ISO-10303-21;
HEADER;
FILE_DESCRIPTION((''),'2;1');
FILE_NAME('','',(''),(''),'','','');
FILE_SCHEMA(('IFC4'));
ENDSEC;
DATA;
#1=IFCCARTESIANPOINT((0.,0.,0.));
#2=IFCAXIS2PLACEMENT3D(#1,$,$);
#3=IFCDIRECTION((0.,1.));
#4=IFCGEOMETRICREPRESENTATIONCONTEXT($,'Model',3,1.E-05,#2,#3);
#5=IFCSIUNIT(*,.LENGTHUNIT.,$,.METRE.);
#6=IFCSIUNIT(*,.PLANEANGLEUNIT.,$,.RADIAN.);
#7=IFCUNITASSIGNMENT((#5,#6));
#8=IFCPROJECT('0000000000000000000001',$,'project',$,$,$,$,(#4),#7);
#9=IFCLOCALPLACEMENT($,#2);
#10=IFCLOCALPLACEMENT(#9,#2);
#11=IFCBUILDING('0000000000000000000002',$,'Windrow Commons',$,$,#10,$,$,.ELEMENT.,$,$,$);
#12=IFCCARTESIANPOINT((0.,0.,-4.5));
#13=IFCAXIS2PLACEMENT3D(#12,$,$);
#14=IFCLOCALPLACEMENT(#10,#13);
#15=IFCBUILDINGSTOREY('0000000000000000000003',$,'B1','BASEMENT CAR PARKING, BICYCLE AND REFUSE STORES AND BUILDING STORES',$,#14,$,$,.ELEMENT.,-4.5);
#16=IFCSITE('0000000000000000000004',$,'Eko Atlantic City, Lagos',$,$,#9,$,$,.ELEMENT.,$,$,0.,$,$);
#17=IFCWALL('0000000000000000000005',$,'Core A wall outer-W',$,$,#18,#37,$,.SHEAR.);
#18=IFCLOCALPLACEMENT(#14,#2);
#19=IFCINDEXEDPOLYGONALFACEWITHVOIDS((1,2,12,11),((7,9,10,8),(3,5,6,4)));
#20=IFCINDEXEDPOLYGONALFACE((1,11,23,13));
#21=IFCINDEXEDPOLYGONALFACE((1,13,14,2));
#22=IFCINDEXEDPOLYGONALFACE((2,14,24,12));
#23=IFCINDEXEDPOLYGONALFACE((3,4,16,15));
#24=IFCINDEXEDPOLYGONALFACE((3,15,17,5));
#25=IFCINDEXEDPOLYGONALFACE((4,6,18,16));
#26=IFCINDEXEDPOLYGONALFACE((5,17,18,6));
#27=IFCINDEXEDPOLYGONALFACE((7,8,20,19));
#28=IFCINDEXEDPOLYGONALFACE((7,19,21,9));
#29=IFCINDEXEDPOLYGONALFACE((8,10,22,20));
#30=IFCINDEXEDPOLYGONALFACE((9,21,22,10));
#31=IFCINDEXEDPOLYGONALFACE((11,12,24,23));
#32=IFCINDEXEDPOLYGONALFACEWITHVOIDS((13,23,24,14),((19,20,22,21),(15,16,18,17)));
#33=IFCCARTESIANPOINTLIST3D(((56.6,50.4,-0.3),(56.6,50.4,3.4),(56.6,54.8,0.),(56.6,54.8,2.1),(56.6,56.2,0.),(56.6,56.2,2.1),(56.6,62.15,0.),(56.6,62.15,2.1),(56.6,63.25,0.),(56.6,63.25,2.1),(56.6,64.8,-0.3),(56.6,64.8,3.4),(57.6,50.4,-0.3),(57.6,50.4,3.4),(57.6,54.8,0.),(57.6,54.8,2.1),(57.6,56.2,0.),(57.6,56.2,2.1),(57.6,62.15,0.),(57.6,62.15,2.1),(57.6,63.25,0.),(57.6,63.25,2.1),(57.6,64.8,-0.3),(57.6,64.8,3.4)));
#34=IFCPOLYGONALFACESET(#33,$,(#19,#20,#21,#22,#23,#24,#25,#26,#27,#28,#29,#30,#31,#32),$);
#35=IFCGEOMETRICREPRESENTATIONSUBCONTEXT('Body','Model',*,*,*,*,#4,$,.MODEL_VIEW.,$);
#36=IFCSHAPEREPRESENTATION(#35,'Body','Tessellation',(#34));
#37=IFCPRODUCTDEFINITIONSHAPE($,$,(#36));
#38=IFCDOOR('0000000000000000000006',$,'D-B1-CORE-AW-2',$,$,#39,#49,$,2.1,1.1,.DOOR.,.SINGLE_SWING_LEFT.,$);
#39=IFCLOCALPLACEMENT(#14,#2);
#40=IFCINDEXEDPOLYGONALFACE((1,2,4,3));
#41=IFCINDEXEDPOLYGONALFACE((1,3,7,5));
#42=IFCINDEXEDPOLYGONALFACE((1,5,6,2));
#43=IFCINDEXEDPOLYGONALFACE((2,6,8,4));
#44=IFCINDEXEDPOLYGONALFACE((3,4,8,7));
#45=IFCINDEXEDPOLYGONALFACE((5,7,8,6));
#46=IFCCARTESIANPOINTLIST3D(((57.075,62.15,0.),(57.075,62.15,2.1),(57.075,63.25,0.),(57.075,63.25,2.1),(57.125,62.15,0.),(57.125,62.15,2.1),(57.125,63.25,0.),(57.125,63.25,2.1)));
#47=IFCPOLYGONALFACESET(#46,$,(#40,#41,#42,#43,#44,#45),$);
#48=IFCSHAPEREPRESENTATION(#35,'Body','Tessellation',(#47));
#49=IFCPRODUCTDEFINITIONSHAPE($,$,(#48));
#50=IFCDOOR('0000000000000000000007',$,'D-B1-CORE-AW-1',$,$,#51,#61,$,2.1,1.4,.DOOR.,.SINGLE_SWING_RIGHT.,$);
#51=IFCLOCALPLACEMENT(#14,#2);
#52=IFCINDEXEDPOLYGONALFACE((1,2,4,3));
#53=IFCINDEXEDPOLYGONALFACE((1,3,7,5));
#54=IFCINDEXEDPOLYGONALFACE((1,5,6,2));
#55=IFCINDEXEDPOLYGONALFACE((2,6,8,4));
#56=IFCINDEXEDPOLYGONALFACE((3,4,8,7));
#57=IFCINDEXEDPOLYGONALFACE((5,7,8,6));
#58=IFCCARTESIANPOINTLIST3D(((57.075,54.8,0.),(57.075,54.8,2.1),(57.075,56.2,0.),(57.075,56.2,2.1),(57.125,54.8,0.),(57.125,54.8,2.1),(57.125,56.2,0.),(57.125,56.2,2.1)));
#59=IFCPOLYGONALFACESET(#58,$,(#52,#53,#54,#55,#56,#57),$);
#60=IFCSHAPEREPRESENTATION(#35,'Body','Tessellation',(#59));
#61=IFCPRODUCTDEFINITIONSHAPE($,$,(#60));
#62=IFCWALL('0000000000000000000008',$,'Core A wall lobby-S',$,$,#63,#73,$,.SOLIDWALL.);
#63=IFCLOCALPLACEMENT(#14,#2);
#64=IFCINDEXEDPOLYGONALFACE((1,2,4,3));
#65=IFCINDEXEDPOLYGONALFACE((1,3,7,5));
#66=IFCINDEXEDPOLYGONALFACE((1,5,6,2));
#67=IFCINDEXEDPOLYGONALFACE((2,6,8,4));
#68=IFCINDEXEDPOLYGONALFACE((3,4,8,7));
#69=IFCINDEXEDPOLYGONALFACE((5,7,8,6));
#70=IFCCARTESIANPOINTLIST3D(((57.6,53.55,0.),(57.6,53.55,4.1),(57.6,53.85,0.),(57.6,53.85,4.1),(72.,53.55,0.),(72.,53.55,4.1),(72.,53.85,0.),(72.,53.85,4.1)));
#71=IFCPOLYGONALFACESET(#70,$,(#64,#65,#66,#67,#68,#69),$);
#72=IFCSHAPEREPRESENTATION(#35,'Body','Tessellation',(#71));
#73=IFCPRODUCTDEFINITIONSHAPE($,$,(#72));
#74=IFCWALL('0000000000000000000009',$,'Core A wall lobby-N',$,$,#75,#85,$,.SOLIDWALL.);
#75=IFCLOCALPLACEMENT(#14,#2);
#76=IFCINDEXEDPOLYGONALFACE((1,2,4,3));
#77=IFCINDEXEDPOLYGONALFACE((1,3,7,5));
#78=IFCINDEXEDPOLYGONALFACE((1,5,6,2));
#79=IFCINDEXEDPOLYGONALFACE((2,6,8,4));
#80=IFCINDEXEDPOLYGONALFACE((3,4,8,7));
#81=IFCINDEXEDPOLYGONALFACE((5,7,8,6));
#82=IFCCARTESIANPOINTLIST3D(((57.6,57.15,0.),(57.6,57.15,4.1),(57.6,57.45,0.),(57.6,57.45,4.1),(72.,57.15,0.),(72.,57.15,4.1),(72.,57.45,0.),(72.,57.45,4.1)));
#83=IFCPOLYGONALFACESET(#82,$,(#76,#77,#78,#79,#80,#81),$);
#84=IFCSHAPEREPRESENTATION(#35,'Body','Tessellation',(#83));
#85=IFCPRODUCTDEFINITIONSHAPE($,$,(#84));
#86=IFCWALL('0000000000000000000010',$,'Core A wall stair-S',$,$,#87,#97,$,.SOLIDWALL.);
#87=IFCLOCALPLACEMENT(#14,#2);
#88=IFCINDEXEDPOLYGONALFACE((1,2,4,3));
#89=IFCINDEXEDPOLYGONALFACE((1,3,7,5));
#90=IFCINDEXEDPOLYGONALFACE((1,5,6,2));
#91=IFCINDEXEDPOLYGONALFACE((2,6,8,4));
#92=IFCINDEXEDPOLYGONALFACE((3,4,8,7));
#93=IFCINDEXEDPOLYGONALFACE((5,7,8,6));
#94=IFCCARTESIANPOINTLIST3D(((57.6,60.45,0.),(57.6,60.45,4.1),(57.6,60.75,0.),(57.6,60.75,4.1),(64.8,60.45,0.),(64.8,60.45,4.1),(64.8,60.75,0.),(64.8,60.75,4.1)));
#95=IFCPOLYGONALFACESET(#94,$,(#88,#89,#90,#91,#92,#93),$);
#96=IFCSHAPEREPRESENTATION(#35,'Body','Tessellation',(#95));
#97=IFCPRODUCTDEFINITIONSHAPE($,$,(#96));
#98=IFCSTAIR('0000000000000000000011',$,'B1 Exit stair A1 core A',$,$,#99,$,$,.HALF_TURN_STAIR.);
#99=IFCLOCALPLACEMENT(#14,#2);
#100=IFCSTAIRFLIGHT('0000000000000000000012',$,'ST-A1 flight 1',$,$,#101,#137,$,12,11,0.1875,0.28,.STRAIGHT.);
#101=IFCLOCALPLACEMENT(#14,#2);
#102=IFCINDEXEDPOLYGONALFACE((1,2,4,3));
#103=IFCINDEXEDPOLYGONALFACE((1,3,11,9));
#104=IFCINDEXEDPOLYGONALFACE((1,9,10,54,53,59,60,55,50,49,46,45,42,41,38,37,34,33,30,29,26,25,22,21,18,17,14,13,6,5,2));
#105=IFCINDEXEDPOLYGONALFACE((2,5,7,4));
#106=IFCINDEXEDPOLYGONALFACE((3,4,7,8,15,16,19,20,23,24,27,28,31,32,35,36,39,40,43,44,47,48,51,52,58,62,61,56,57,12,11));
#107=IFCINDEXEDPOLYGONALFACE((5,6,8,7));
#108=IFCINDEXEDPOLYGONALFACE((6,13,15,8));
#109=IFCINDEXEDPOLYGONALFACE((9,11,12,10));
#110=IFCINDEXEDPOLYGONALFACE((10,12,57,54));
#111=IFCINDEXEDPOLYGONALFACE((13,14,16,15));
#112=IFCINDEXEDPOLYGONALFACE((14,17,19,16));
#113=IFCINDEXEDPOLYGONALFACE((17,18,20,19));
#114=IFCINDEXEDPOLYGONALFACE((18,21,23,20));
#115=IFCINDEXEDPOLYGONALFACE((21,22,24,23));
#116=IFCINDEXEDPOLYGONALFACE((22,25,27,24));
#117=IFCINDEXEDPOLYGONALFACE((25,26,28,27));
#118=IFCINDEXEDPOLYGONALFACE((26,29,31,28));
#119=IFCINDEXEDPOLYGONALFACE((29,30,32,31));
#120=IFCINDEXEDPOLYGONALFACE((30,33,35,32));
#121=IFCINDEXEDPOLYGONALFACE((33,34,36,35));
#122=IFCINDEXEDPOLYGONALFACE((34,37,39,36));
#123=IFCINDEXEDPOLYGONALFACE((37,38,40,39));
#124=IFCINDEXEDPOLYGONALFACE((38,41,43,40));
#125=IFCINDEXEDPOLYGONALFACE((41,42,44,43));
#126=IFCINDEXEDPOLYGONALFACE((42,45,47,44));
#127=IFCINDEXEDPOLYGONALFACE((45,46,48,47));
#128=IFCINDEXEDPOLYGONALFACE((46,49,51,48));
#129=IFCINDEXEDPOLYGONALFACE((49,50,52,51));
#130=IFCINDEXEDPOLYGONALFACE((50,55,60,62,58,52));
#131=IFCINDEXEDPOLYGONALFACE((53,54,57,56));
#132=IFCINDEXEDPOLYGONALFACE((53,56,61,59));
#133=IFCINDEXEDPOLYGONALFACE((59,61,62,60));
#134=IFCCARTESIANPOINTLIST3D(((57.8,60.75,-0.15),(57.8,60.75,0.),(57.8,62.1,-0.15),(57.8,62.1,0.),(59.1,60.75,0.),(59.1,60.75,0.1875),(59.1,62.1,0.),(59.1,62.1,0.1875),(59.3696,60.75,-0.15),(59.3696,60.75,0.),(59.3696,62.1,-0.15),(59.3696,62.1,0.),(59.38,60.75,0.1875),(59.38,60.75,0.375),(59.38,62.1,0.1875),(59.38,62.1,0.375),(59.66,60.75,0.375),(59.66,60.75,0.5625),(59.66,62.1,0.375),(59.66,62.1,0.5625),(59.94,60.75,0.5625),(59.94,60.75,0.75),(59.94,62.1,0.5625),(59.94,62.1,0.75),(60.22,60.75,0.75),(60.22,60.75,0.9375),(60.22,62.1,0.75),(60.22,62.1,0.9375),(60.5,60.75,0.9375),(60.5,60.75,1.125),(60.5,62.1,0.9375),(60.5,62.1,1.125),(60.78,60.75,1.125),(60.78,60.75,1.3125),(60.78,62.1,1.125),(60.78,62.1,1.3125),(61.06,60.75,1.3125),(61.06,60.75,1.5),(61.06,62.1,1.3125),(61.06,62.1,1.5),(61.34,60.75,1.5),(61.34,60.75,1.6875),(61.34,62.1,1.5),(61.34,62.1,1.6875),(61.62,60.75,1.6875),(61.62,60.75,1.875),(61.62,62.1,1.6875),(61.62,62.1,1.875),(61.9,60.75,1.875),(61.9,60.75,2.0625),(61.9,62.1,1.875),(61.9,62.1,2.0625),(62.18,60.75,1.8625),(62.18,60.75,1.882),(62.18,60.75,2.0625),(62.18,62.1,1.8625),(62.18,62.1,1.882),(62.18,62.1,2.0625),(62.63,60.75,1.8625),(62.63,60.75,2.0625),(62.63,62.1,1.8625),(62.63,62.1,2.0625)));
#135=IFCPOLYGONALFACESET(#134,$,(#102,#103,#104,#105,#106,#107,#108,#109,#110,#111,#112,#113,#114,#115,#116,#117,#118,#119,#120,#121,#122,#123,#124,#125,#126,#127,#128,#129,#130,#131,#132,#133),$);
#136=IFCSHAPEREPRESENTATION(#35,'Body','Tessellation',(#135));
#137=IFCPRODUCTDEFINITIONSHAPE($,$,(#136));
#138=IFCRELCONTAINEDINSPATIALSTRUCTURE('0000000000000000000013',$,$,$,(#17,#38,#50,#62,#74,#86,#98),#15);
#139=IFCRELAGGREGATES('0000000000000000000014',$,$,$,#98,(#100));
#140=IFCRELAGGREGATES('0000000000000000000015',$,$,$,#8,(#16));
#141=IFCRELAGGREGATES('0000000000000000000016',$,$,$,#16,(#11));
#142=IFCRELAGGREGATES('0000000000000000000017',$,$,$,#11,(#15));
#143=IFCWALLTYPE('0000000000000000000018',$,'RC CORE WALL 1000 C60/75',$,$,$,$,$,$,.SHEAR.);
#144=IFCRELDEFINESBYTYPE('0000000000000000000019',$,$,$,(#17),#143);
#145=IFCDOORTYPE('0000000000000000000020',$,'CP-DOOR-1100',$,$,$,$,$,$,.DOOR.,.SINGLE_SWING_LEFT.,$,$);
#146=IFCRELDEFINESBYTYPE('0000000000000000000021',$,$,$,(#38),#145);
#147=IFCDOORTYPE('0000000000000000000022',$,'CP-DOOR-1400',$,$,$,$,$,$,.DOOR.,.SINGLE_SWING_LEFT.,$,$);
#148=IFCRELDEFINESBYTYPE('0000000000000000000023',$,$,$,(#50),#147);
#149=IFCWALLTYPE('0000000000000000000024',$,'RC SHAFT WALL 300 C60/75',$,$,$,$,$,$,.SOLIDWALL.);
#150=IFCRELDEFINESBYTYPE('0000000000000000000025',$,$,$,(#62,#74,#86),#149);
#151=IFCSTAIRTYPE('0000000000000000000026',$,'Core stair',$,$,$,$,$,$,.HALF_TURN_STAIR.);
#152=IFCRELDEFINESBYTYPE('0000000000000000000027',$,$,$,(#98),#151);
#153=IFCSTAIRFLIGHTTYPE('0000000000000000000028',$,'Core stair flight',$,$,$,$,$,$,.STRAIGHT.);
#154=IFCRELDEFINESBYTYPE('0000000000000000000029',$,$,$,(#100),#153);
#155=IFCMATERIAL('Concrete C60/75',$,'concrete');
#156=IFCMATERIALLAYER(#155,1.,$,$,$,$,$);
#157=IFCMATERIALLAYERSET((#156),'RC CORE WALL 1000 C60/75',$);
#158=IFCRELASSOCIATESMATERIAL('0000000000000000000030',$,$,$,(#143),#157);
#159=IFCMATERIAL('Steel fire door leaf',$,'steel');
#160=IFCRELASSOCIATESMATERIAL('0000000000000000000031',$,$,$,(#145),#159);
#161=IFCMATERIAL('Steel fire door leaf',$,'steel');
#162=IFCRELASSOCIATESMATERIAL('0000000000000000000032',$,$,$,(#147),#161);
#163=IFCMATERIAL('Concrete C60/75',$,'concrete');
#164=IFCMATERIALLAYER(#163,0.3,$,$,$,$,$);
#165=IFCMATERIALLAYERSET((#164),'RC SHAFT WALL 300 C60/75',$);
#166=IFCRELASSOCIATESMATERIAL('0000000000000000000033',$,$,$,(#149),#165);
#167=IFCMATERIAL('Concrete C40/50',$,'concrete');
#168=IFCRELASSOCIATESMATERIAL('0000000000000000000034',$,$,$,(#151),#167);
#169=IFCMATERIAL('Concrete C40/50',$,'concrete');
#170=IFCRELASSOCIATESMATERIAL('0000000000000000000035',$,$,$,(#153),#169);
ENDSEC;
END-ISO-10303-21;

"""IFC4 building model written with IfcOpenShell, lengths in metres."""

from ifc_helpers import new_model, si_unit, direction, frame, frame_2d, origin, place, context, subcontext, project, spatial, polyline, rectangle, outline, extrude, material, layer, layer_set, type_object, element, fill, aggregate, save


model = new_model("IFC4")

# Units and contexts
model_context = context("Model", 3, precision=1e-05, world=origin(), true_north=direction((0.0, 1.0)))
body_context = subcontext(model_context, "Body", "Model", "MODEL_VIEW")
ifc_project = project(units=[si_unit("LENGTHUNIT", "METRE"), si_unit("PLANEANGLEUNIT", "RADIAN")], contexts=[model_context])

# Site, building, storey
site_placement = place(None, origin())
site = spatial("IfcSite", under=ifc_project, at=site_placement, Name="Eko Atlantic City, Lagos", CompositionType="ELEMENT", RefElevation=0.0)
building_placement = place(site_placement, origin())
building = spatial("IfcBuilding", under=site, at=building_placement, Name="Windrow Commons", CompositionType="ELEMENT")
storey_placement = place(building_placement, frame((0.0, 0.0, -4.5)))
storey = spatial("IfcBuildingStorey", under=building, at=storey_placement, Name="B1", Description="BASEMENT CAR PARKING, BICYCLE AND REFUSE STORES AND BUILDING STORES", CompositionType="ELEMENT", Elevation=-4.5)

# Shared definitions
ifc_material_1 = material(Name="Concrete C60/75", Category="concrete")
ifc_layer_1 = layer(ifc_material_1, 1.0)
ifc_layer_set_1 = layer_set([ifc_layer_1], Name="RC CORE WALL 1000 C60/75")
wall_type_1 = type_object("IfcWallType", Name="RC CORE WALL 1000 C60/75", PredefinedType="SHEAR", material=ifc_layer_set_1)

# Wall, openings, doors
wall_1_placement = place(storey_placement, frame((57.1, 50.4, -0.3), z_axis=(0.0, 0.0, 1.0), x_axis=(0.0, 1.0, 0.0)))
wall_1 = element("IfcWall", 1, at=wall_1_placement, inside=storey, type_object=wall_type_1, Name="Core A wall outer-W", PredefinedType="SHEAR", context=body_context, shape_type="SweptSolid", body=[
    extrude(rectangle(XDim=14.4, YDim=1.0, at=frame_2d((7.2, 0.0))), origin(), (0.0, 0.0, 1.0), 3.7),
])
opening_1_placement = place(wall_1_placement, frame((4.4, 0.0, 0.3)))
opening_1 = element("IfcOpeningElement", 2, at=opening_1_placement, cuts=wall_1, PredefinedType="OPENING", context=body_context, shape_type="SweptSolid", body=[
    extrude(rectangle(XDim=1.4, YDim=2.1, at=frame_2d((0.7, 1.05))), frame((0.0, 0.51, 0.0), z_axis=(0.0, -1.0, 0.0), x_axis=(1.0, 0.0, 0.0)), (0.0, 0.0, 1.0), 1.02),
])
opening_2_placement = place(wall_1_placement, frame((11.75, 0.0, 0.3)))
opening_2 = element("IfcOpeningElement", 3, at=opening_2_placement, cuts=wall_1, PredefinedType="OPENING", context=body_context, shape_type="SweptSolid", body=[
    extrude(rectangle(XDim=1.1, YDim=2.1, at=frame_2d((0.55, 1.05))), frame((0.0, 0.51, 0.0), z_axis=(0.0, -1.0, 0.0), x_axis=(1.0, 0.0, 0.0)), (0.0, 0.0, 1.0), 1.02),
])
ifc_material_2 = material(Name="Steel fire door leaf", Category="steel")
door_type_1 = type_object("IfcDoorType", Name="CP-DOOR-1100", OperationType="SINGLE_SWING_LEFT", PredefinedType="DOOR", material=ifc_material_2)
door_1_placement = place(opening_2_placement, origin())
door_1 = element("IfcDoor", 4, at=door_1_placement, inside=storey, type_object=door_type_1, Name="D-B1-CORE-AW-2", OperationType="SINGLE_SWING_LEFT", OverallHeight=2.1, OverallWidth=1.1, PredefinedType="DOOR", context=body_context, shape_type="SweptSolid", body=[
    extrude(rectangle(XDim=1.1, YDim=2.1, at=frame_2d((0.55, 1.05))), frame((0.0, 0.025, 0.0), z_axis=(0.0, -1.0, 0.0), x_axis=(1.0, 0.0, 0.0)), (0.0, 0.0, 1.0), 0.05),
])
fill(opening_2, door_1)
ifc_material_3 = material(Name="Steel fire door leaf", Category="steel")
door_type_2 = type_object("IfcDoorType", Name="CP-DOOR-1400", OperationType="SINGLE_SWING_LEFT", PredefinedType="DOOR", material=ifc_material_3)
door_2_placement = place(opening_1_placement, origin())
door_2 = element("IfcDoor", 5, at=door_2_placement, inside=storey, type_object=door_type_2, Name="D-B1-CORE-AW-1", OperationType="SINGLE_SWING_RIGHT", OverallHeight=2.1, OverallWidth=1.4, PredefinedType="DOOR", context=body_context, shape_type="SweptSolid", body=[
    extrude(rectangle(XDim=1.4, YDim=2.1, at=frame_2d((0.7, 1.05))), frame((0.0, 0.025, 0.0), z_axis=(0.0, -1.0, 0.0), x_axis=(1.0, 0.0, 0.0)), (0.0, 0.0, 1.0), 0.05),
])
fill(opening_1, door_2)

# Walls
ifc_material_4 = material(Name="Concrete C60/75", Category="concrete")
ifc_layer_2 = layer(ifc_material_4, 0.3)
ifc_layer_set_2 = layer_set([ifc_layer_2], Name="RC SHAFT WALL 300 C60/75")
wall_type_2 = type_object("IfcWallType", Name="RC SHAFT WALL 300 C60/75", PredefinedType="SOLIDWALL", material=ifc_layer_set_2)
for number, where, z_axis, x_axis, name in (
    (6, (57.6, 53.7, 0.0), (0.0, 0.0, 1.0), (1.0, 0.0, 0.0), "Core A wall lobby-S"),
    (7, (57.6, 57.3, 0.0), (0.0, 0.0, 1.0), (1.0, 0.0, 0.0), "Core A wall lobby-N"),
):
    element("IfcWall", number, at=place(storey_placement, frame(where, z_axis=z_axis, x_axis=x_axis)), inside=storey, type_object=wall_type_2, Name=name, PredefinedType="SOLIDWALL", context=body_context, shape_type="SweptSolid", body=[
        extrude(rectangle(XDim=14.4, YDim=0.3, at=frame_2d((7.2, 0.0))), origin(), (0.0, 0.0, 1.0), 4.1),
    ])
wall_2_placement = place(storey_placement, frame((57.6, 60.6, 0.0), z_axis=(0.0, 0.0, 1.0), x_axis=(1.0, 0.0, 0.0)))
element("IfcWall", 8, at=wall_2_placement, inside=storey, type_object=wall_type_2, Name="Core A wall stair-S", PredefinedType="SOLIDWALL", context=body_context, shape_type="SweptSolid", body=[
    extrude(rectangle(XDim=7.2, YDim=0.3, at=frame_2d((3.6, 0.0))), origin(), (0.0, 0.0, 1.0), 4.1),
])

# Stair, stair flight
ifc_material_5 = material(Name="Concrete C40/50", Category="concrete")
stair_type = type_object("IfcStairType", Name="Core stair", PredefinedType="HALF_TURN_STAIR", material=ifc_material_5)
stair_placement = place(storey_placement, origin())
stair = element("IfcStair", 9, at=stair_placement, inside=storey, type_object=stair_type, Name="B1 Exit stair A1 core A", PredefinedType="HALF_TURN_STAIR")
ifc_material_6 = material(Name="Concrete C40/50", Category="concrete")
stair_flight_type = type_object("IfcStairFlightType", Name="Core stair flight", PredefinedType="STRAIGHT", material=ifc_material_6)
stair_flight_placement = place(storey_placement, frame((59.1, 61.425, 0.0), z_axis=(0.0, 0.0, 1.0), x_axis=(1.0, 0.0, 0.0)))
stair_flight = element("IfcStairFlight", 10, at=stair_flight_placement, type_object=stair_flight_type, Name="ST-A1 flight 1", NumberOfRisers=12, NumberOfTreads=11, PredefinedType="STRAIGHT", RiserHeight=0.1875, TreadLength=0.28, context=body_context, shape_type="SweptSolid", body=[
    extrude(outline(polyline([(-1.3, -0.15), (-1.3, 0.0), (0.0, 0.0), (0.0, 0.1875), (0.28, 0.1875), (0.28, 0.375), (0.56, 0.375), (0.56, 0.5625), (0.84, 0.5625), (0.84, 0.75), (1.12, 0.75), (1.12, 0.9375), (1.4, 0.9375), (1.4, 1.125), (1.68, 1.125), (1.68, 1.3125), (1.96, 1.3125), (1.96, 1.5), (2.24, 1.5), (2.24, 1.6875), (2.52, 1.6875), (2.52, 1.875), (2.8, 1.875), (2.8, 2.0625), (3.08, 2.0625), (3.53, 2.0625), (3.53, 1.8625), (3.08, 1.8625), (3.08, 1.882), (0.2696, 0.0), (0.2696, -0.15), (-1.3, -0.15)])), frame((0.0, 0.675, 0.0), z_axis=(0.0, -1.0, 0.0), x_axis=(1.0, 0.0, 0.0)), (0.0, 0.0, 1.0), 1.35),
])
aggregate(stair, [stair_flight])

save(model, "model.ifc")
